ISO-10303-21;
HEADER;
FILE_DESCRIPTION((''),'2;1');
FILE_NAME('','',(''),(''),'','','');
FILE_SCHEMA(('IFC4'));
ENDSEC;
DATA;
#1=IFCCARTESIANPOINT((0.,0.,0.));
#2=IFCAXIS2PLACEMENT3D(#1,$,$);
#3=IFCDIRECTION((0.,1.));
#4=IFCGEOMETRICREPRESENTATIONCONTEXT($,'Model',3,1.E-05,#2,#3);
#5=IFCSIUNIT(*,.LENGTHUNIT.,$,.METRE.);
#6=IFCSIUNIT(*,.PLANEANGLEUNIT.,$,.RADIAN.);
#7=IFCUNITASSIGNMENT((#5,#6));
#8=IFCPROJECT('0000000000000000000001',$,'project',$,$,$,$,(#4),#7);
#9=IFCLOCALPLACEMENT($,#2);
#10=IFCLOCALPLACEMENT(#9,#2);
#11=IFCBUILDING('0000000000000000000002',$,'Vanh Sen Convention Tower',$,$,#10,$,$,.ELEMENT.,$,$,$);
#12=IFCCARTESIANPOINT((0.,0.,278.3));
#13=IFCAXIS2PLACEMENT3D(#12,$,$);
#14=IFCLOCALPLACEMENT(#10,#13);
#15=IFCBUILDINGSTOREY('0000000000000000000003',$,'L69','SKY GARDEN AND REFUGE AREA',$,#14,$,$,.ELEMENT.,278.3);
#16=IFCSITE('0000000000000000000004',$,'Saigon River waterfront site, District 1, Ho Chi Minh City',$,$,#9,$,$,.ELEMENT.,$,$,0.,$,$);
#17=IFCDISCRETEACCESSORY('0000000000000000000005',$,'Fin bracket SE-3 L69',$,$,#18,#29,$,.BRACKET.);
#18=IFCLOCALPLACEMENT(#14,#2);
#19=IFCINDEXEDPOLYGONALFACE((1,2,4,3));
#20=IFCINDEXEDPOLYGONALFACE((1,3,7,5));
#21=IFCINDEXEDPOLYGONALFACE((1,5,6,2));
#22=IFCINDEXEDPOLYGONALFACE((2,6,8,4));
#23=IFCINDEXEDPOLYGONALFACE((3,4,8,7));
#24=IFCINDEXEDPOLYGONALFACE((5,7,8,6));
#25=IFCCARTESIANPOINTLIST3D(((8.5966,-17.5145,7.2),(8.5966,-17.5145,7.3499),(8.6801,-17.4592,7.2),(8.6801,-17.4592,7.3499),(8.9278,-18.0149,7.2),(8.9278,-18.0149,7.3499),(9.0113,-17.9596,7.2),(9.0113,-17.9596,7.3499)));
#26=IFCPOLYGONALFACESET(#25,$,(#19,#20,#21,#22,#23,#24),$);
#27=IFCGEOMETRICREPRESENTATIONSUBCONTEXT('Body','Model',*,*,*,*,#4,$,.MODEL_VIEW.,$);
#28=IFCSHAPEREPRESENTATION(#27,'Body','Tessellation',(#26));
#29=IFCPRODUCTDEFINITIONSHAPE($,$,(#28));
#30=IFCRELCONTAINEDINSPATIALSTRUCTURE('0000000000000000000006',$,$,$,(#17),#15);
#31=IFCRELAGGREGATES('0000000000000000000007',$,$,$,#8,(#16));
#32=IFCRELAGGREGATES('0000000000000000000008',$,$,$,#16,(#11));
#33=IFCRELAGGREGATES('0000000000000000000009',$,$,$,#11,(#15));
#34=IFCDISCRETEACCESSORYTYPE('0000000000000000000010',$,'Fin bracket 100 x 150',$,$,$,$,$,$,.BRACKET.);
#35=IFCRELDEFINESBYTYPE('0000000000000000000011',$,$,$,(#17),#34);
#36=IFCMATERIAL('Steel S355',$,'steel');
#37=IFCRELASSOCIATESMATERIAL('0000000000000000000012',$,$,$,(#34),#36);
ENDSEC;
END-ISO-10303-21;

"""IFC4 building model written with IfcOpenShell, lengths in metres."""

from ifc_helpers import new_model, si_unit, direction, frame, origin, origin_2d, place, context, subcontext, project, spatial, rectangle, extrude, material, type_object, element, save


model = new_model("IFC4")

# Units and contexts
model_context = context("Model", 3, precision=1e-05, world=origin(), true_north=direction((0.0, 1.0)))
body_context = subcontext(model_context, "Body", "Model", "MODEL_VIEW")
ifc_project = project(units=[si_unit("LENGTHUNIT", "METRE"), si_unit("PLANEANGLEUNIT", "RADIAN")], contexts=[model_context])

# Site, building, storey
site_placement = place(None, origin())
site = spatial("IfcSite", under=ifc_project, at=site_placement, Name="Saigon River waterfront site, District 1, Ho Chi Minh City", CompositionType="ELEMENT", RefElevation=0.0)
building_placement = place(site_placement, origin())
building = spatial("IfcBuilding", under=site, at=building_placement, Name="Vanh Sen Convention Tower", CompositionType="ELEMENT")
storey_placement = place(building_placement, frame((0.0, 0.0, 278.3)))
storey = spatial("IfcBuildingStorey", under=building, at=storey_placement, Name="L69", Description="SKY GARDEN AND REFUGE AREA", CompositionType="ELEMENT", Elevation=278.3)

# Discrete accessory
ifc_material_1 = material(Name="Steel S355", Category="steel")
discrete_accessory_type = type_object("IfcDiscreteAccessoryType", Name="Fin bracket 100 x 150", PredefinedType="BRACKET", material=ifc_material_1)
discrete_accessory_placement = place(storey_placement, frame((8.804, -17.7371, 7.2), z_axis=(0.0, 0.0, 1.0), x_axis=(0.551937, -0.833886, 0.0)))
element("IfcDiscreteAccessory", 1, at=discrete_accessory_placement, inside=storey, type_object=discrete_accessory_type, Name="Fin bracket SE-3 L69", PredefinedType="BRACKET", context=body_context, shape_type="SweptSolid", body=[
    extrude(rectangle(XDim=0.6001, YDim=0.1001, at=origin_2d()), origin(), (0.0, 0.0, 1.0), 0.1499),
])

save(model, "model.ifc")
